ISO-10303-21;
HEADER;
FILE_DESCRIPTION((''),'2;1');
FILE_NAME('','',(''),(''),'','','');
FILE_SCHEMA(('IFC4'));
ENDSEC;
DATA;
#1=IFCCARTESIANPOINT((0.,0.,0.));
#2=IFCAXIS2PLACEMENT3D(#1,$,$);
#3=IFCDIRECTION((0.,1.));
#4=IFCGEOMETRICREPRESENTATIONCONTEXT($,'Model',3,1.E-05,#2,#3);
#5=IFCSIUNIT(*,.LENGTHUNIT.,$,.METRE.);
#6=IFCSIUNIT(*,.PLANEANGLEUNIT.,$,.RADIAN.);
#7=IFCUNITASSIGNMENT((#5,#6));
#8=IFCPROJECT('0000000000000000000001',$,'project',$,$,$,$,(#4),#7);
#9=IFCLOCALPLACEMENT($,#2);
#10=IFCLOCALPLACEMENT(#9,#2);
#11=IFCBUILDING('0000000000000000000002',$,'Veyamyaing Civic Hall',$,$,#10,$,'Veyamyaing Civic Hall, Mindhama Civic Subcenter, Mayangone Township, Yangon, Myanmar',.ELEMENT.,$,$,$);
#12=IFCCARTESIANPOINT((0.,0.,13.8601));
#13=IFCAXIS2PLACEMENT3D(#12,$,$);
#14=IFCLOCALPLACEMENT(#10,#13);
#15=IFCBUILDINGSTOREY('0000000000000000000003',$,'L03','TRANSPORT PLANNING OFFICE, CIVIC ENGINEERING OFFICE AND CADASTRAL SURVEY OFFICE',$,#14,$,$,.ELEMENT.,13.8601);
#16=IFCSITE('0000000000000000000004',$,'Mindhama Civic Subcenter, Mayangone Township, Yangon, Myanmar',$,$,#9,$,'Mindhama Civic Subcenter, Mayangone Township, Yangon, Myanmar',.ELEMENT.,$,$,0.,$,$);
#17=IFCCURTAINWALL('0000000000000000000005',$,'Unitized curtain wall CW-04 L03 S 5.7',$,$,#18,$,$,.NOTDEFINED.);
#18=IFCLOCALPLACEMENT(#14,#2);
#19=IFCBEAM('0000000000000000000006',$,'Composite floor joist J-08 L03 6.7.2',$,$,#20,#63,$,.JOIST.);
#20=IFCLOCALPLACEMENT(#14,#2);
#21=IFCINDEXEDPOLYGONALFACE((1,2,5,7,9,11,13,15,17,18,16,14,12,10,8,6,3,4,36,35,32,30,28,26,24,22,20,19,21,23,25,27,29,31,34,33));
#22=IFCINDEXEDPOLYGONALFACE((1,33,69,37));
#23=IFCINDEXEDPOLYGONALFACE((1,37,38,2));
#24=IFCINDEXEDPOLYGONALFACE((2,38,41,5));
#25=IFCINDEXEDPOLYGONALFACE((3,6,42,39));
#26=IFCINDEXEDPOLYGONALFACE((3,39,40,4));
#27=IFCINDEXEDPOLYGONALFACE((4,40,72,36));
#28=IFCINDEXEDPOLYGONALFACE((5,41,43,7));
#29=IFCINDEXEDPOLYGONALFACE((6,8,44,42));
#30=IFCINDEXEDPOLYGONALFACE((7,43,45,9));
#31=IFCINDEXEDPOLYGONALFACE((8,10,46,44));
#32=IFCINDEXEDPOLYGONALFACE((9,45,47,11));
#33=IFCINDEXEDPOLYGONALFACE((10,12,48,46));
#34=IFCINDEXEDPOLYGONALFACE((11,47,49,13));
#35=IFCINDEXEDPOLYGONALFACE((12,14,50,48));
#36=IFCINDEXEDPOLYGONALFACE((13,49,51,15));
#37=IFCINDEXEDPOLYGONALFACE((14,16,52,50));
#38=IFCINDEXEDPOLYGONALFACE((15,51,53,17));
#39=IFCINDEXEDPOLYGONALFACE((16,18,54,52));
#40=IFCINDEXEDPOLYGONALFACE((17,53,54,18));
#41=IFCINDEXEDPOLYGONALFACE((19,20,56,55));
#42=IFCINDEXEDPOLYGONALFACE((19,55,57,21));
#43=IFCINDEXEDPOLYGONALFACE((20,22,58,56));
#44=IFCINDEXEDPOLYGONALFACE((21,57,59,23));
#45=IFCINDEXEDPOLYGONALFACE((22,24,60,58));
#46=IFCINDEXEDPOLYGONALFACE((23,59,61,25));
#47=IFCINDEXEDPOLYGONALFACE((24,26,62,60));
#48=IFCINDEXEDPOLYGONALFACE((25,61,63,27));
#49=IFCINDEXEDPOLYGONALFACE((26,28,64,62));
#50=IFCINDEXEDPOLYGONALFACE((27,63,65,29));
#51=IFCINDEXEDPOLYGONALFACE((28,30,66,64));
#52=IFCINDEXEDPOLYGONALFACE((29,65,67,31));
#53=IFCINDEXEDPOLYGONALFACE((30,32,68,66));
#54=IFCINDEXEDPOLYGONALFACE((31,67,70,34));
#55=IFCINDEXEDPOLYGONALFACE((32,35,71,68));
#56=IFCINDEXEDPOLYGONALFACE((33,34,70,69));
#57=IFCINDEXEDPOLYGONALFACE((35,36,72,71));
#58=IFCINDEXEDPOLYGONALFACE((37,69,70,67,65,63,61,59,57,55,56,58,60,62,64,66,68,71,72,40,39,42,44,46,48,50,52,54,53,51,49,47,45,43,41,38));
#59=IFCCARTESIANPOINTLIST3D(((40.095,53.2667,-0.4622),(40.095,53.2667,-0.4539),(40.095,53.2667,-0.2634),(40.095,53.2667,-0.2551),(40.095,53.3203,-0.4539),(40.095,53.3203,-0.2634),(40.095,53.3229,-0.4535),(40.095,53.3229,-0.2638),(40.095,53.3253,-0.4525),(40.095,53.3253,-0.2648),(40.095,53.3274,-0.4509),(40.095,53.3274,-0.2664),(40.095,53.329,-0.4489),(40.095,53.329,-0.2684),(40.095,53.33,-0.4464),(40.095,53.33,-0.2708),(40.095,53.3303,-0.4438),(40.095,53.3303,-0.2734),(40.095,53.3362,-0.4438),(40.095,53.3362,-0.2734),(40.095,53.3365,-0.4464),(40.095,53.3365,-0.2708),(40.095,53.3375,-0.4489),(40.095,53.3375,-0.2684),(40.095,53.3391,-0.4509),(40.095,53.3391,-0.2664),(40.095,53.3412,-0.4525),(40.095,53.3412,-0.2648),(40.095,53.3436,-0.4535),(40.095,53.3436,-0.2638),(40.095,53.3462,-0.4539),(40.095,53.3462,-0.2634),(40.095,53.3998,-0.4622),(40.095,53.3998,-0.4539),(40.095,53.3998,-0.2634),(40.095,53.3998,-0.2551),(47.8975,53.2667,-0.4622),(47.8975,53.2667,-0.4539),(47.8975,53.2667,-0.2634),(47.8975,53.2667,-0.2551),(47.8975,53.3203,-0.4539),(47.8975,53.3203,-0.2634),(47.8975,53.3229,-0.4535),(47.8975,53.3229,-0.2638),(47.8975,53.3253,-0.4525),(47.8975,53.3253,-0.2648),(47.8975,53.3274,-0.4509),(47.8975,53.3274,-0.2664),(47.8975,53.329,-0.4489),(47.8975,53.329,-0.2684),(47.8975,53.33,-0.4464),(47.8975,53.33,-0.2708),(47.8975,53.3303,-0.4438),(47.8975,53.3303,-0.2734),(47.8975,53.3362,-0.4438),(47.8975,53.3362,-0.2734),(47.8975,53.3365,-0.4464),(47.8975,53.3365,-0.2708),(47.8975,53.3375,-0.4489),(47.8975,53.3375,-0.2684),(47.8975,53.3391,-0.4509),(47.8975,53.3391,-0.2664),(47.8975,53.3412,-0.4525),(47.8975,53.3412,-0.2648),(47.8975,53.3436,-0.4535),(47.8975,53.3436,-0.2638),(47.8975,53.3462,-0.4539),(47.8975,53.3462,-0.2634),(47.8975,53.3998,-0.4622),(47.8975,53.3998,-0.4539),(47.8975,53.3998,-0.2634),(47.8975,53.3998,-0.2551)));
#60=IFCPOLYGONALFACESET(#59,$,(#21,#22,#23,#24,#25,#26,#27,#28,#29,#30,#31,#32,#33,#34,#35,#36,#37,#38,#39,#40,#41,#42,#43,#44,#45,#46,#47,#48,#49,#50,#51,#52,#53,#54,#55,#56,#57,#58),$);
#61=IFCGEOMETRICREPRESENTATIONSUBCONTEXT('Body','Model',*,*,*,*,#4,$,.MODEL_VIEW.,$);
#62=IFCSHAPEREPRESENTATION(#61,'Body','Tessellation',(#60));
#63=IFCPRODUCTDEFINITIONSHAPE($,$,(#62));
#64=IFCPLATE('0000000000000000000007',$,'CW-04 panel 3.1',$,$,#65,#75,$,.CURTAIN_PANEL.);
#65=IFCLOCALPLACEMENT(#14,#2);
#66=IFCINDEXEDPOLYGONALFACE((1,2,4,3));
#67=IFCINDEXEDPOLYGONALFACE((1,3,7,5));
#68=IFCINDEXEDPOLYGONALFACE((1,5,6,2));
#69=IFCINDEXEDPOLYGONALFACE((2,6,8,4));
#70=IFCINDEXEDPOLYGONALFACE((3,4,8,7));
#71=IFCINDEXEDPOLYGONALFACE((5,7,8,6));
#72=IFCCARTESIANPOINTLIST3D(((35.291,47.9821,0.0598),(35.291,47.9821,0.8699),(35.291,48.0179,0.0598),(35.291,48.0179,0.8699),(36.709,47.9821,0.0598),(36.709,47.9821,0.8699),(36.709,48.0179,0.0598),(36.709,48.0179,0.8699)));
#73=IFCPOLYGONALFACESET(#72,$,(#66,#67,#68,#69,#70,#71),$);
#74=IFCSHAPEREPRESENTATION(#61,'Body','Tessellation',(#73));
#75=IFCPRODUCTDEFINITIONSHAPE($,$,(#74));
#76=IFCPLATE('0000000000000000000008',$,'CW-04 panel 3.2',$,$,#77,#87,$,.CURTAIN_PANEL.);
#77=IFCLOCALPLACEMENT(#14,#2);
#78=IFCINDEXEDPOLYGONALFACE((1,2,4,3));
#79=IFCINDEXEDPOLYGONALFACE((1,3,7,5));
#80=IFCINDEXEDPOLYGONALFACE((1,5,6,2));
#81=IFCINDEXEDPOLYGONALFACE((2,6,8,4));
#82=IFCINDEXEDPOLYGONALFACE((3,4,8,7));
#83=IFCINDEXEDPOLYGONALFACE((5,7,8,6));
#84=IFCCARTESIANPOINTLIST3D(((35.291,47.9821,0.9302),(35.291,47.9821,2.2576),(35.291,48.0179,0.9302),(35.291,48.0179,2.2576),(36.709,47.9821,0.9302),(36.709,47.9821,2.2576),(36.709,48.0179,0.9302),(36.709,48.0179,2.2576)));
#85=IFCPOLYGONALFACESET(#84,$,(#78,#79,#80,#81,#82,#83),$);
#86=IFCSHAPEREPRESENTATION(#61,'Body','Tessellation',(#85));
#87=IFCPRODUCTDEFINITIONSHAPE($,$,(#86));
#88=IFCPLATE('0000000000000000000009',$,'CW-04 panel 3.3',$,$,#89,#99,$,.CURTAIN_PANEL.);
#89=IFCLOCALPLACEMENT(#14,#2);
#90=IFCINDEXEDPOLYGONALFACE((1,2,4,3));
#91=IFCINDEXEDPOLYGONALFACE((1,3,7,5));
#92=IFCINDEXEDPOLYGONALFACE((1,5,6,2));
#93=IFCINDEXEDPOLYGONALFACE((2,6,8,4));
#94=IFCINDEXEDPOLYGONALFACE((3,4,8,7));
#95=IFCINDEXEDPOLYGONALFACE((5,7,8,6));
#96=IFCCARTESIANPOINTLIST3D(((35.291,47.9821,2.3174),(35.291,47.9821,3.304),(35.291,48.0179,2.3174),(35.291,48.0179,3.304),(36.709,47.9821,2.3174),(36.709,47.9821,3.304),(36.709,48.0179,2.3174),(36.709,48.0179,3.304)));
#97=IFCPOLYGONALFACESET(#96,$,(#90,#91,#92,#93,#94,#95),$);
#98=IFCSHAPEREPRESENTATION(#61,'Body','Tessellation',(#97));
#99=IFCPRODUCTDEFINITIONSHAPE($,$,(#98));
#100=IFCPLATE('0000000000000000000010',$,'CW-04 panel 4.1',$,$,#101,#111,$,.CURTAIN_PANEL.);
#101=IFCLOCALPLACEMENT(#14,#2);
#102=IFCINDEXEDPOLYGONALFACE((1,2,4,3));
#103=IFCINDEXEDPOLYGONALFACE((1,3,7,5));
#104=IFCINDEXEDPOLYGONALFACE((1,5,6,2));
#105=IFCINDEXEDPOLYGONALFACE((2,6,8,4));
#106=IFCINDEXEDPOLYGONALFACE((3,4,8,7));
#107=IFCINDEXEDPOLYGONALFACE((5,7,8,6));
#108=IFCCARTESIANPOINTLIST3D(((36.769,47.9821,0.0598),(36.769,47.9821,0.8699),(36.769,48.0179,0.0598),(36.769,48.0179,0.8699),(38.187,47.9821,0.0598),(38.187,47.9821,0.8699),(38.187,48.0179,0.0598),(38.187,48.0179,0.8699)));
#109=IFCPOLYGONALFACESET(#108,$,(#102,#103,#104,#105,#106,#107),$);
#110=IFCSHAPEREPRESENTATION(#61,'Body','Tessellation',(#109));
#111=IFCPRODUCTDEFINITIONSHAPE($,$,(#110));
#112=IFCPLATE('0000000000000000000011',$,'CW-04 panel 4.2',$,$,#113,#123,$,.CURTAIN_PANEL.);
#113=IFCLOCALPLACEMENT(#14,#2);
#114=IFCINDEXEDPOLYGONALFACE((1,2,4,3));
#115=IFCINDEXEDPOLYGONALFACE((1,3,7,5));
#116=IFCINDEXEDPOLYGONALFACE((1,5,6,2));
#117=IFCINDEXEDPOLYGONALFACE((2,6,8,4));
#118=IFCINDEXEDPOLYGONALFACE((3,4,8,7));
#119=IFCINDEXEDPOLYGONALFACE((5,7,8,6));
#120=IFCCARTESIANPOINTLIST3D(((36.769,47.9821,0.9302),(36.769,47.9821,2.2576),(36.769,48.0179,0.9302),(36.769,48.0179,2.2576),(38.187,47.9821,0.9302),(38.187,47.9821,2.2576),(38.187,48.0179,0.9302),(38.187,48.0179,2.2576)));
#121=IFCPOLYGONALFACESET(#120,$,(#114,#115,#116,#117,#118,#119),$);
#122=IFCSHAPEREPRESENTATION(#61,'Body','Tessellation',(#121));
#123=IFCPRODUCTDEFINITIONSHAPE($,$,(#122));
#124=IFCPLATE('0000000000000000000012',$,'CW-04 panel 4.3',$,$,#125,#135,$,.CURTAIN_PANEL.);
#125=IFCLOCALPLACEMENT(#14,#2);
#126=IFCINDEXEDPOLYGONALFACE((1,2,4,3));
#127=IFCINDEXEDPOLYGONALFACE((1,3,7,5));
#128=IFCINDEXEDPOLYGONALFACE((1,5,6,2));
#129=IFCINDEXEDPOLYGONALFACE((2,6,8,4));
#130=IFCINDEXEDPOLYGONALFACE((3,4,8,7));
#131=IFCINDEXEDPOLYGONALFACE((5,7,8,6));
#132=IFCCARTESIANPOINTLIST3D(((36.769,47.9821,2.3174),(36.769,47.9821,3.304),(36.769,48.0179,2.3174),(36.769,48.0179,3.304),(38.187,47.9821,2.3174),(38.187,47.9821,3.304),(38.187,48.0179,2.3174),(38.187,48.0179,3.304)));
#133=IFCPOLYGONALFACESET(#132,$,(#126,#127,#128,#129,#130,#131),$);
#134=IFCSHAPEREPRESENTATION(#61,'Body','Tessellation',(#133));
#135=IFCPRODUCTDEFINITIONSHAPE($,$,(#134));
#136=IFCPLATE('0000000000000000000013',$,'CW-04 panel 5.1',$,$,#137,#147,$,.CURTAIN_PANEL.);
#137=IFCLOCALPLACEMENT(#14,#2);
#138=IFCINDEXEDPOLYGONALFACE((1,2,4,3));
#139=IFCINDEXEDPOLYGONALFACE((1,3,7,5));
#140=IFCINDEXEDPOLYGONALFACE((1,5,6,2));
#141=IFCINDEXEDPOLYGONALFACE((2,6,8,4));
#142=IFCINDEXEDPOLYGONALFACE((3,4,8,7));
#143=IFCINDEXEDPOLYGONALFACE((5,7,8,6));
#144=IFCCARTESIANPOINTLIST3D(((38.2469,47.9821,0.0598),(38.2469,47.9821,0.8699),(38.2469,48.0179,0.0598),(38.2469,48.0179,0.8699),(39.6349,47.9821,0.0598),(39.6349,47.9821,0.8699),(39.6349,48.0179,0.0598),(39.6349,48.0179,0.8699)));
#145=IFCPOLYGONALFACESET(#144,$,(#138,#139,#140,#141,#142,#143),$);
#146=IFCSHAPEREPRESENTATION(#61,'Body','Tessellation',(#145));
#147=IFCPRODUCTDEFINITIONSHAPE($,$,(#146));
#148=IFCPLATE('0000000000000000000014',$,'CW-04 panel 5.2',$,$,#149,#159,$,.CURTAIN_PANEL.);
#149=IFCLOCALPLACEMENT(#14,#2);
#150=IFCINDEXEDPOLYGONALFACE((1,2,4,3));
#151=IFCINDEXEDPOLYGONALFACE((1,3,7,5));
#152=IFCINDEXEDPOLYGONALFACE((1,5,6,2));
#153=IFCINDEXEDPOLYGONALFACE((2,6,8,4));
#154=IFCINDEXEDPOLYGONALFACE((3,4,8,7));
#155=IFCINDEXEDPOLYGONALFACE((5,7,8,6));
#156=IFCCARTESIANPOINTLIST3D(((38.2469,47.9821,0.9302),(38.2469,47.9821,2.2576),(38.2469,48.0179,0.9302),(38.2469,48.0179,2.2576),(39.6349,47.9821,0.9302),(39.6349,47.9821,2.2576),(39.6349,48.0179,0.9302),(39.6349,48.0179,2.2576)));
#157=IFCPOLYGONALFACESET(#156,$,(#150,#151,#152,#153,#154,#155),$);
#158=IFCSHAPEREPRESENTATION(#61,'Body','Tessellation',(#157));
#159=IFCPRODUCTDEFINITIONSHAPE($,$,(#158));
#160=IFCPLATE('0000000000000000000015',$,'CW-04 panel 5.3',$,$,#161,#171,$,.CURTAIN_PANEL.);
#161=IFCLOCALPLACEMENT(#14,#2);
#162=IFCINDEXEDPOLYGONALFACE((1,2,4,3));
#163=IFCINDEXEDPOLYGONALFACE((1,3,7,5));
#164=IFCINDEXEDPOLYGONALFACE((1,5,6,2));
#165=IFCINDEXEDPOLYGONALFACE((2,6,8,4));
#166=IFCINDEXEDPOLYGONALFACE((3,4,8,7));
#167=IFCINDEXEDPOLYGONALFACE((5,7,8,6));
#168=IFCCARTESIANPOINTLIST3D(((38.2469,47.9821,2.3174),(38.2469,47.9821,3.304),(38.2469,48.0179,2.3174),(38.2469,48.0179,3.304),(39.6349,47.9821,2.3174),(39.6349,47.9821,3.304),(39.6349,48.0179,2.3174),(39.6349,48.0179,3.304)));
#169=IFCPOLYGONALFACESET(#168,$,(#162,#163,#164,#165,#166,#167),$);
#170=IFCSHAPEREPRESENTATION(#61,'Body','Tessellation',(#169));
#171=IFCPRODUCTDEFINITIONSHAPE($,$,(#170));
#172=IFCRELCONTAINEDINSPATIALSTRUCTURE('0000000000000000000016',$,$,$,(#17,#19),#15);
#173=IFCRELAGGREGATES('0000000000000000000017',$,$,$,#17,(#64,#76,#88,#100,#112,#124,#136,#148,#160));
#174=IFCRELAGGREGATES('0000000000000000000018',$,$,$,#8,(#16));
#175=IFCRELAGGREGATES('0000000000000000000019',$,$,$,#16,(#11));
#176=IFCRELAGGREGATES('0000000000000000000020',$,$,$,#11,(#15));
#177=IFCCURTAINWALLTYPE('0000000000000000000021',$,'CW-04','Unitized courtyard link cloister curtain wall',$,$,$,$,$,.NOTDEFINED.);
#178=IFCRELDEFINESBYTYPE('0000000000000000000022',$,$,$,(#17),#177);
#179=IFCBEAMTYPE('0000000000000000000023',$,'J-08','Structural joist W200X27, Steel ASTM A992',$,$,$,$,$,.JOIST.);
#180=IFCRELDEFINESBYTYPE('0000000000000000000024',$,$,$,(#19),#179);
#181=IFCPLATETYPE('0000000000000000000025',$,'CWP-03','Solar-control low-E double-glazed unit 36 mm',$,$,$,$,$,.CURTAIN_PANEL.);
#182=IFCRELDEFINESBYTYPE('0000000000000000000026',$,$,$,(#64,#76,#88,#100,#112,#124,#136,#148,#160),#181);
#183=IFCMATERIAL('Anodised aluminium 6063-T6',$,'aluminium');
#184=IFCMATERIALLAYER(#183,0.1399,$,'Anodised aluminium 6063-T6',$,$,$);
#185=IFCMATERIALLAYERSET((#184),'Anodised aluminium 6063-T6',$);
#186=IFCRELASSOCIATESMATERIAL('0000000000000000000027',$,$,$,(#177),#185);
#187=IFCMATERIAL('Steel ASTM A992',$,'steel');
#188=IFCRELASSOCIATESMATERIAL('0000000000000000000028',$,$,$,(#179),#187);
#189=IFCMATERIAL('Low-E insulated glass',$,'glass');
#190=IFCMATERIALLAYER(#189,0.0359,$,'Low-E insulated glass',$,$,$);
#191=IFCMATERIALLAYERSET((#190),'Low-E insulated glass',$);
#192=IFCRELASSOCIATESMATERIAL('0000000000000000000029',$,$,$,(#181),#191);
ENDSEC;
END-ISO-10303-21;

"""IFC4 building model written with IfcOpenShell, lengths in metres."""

from ifc_helpers import new_model, si_unit, direction, frame, origin, origin_2d, place, context, subcontext, project, spatial, rectangle, i_section, extrude, material, layer, layer_set, material_profile, profile_set, type_object, element, aggregate, save


model = new_model("IFC4")

# Units and contexts
model_context = context("Model", 3, precision=1e-05, world=origin(), true_north=direction((0.0, 1.0)))
body_context = subcontext(model_context, "Body", "Model", "MODEL_VIEW")
ifc_project = project(units=[si_unit("LENGTHUNIT", "METRE"), si_unit("PLANEANGLEUNIT", "RADIAN")], contexts=[model_context])

# Site, building, storey
site_placement = place(None, origin())
site = spatial("IfcSite", under=ifc_project, at=site_placement, Name="Mindhama Civic Subcenter, Mayangone Township, Yangon, Myanmar", LongName="Mindhama Civic Subcenter, Mayangone Township, Yangon, Myanmar", CompositionType="ELEMENT", RefElevation=0.0)
building_placement = place(site_placement, origin())
building = spatial("IfcBuilding", under=site, at=building_placement, Name="Veyamyaing Civic Hall", LongName="Veyamyaing Civic Hall, Mindhama Civic Subcenter, Mayangone Township, Yangon, Myanmar", CompositionType="ELEMENT")
storey_placement = place(building_placement, frame((0.0, 0.0, 13.8601)))
storey = spatial("IfcBuildingStorey", under=building, at=storey_placement, Name="L03", Description="TRANSPORT PLANNING OFFICE, CIVIC ENGINEERING OFFICE AND CADASTRAL SURVEY OFFICE", CompositionType="ELEMENT", Elevation=13.8601)

# Shared definitions
ifc_material_1 = material(Name="Steel ASTM A992", Category="steel")

# Curtain wall
ifc_material_2 = material(Name="Anodised aluminium 6063-T6", Category="aluminium")
ifc_layer_1 = layer(ifc_material_2, 0.1399, Name="Anodised aluminium 6063-T6")
ifc_layer_set_1 = layer_set([ifc_layer_1], Name="Anodised aluminium 6063-T6")
curtain_wall_type = type_object("IfcCurtainWallType", Name="CW-04", Description="Unitized courtyard link cloister curtain wall", PredefinedType="NOTDEFINED", material=ifc_layer_set_1)
curtain_wall_1_placement = place(storey_placement, origin())
curtain_wall_1 = element("IfcCurtainWall", 1, at=curtain_wall_1_placement, inside=storey, type_object=curtain_wall_type, Name="Unitized curtain wall CW-04 L03 S 5.7", PredefinedType="NOTDEFINED")

# Beam
ifc_material_profile_1 = material_profile(ifc_material_1, i_section(OverallWidth=0.1331, OverallDepth=0.207, WebThickness=0.0059, FlangeThickness=0.0083, FilletRadius=0.01, at=origin_2d()), Name="W200X27")
ifc_profile_set_1 = profile_set([ifc_material_profile_1], Name="Steel ASTM A992")
beam_type_1 = type_object("IfcBeamType", Name="J-08", Description="Structural joist W200X27, Steel ASTM A992", PredefinedType="JOIST", material=ifc_profile_set_1)
for number, where, z_axis, x_axis, name in (
    (2, (40.095, 53.3333, -0.3586), (1.0, 0.0, 0.0), (0.0, 1.0, 0.0), "Composite floor joist J-08 L03 6.7.2"),
):
    element("IfcBeam", number, at=place(storey_placement, frame(where, z_axis=z_axis, x_axis=x_axis)), inside=storey, type_object=beam_type_1, Name=name, PredefinedType="JOIST", context=body_context, shape_type="SweptSolid", body=[
        extrude(i_section(OverallWidth=0.1331, OverallDepth=0.207, WebThickness=0.0059, FlangeThickness=0.0083, FilletRadius=0.01, at=origin_2d()), origin(), (0.0, 0.0, 1.0), 7.8025),
    ])

# Plates
ifc_material_3 = material(Name="Low-E insulated glass", Category="glass")
ifc_layer_2 = layer(ifc_material_3, 0.0359, Name="Low-E insulated glass")
ifc_layer_set_2 = layer_set([ifc_layer_2], Name="Low-E insulated glass")
plate_type = type_object("IfcPlateType", Name="CWP-03", Description="Solar-control low-E double-glazed unit 36 mm", PredefinedType="CURTAIN_PANEL", material=ifc_layer_set_2)
plate_1_placement = place(storey_placement, frame((36.0, 48.0, 0.0598), z_axis=(0.0, 0.0, 1.0), x_axis=(1.0, 0.0, 0.0)))
plate_1 = element("IfcPlate", 3, at=plate_1_placement, type_object=plate_type, Name="CW-04 panel 3.1", PredefinedType="CURTAIN_PANEL", context=body_context, shape_type="SweptSolid", body=[
    extrude(rectangle(XDim=1.418, YDim=0.0359, at=origin_2d()), origin(), (0.0, 0.0, 1.0), 0.8101),
])
plate_2_placement = place(storey_placement, frame((36.0, 48.0, 0.9302), z_axis=(0.0, 0.0, 1.0), x_axis=(1.0, 0.0, 0.0)))
plate_2 = element("IfcPlate", 4, at=plate_2_placement, type_object=plate_type, Name="CW-04 panel 3.2", PredefinedType="CURTAIN_PANEL", context=body_context, shape_type="SweptSolid", body=[
    extrude(rectangle(XDim=1.418, YDim=0.0359, at=origin_2d()), origin(), (0.0, 0.0, 1.0), 1.3274),
])
plate_3_placement = place(storey_placement, frame((36.0, 48.0, 2.3174), z_axis=(0.0, 0.0, 1.0), x_axis=(1.0, 0.0, 0.0)))
plate_3 = element("IfcPlate", 5, at=plate_3_placement, type_object=plate_type, Name="CW-04 panel 3.3", PredefinedType="CURTAIN_PANEL", context=body_context, shape_type="SweptSolid", body=[
    extrude(rectangle(XDim=1.418, YDim=0.0359, at=origin_2d()), origin(), (0.0, 0.0, 1.0), 0.9866),
])
plate_4_placement = place(storey_placement, frame((37.478, 48.0, 0.0598), z_axis=(0.0, 0.0, 1.0), x_axis=(1.0, 0.0, 0.0)))
plate_4 = element("IfcPlate", 6, at=plate_4_placement, type_object=plate_type, Name="CW-04 panel 4.1", PredefinedType="CURTAIN_PANEL", context=body_context, shape_type="SweptSolid", body=[
    extrude(rectangle(XDim=1.418, YDim=0.0359, at=origin_2d()), origin(), (0.0, 0.0, 1.0), 0.8101),
])
plate_5_placement = place(storey_placement, frame((37.478, 48.0, 0.9302), z_axis=(0.0, 0.0, 1.0), x_axis=(1.0, 0.0, 0.0)))
plate_5 = element("IfcPlate", 7, at=plate_5_placement, type_object=plate_type, Name="CW-04 panel 4.2", PredefinedType="CURTAIN_PANEL", context=body_context, shape_type="SweptSolid", body=[
    extrude(rectangle(XDim=1.418, YDim=0.0359, at=origin_2d()), origin(), (0.0, 0.0, 1.0), 1.3274),
])
plate_6_placement = place(storey_placement, frame((37.478, 48.0, 2.3174), z_axis=(0.0, 0.0, 1.0), x_axis=(1.0, 0.0, 0.0)))
plate_6 = element("IfcPlate", 8, at=plate_6_placement, type_object=plate_type, Name="CW-04 panel 4.3", PredefinedType="CURTAIN_PANEL", context=body_context, shape_type="SweptSolid", body=[
    extrude(rectangle(XDim=1.418, YDim=0.0359, at=origin_2d()), origin(), (0.0, 0.0, 1.0), 0.9866),
])
plate_7_placement = place(storey_placement, frame((38.9409, 48.0, 0.0598), z_axis=(0.0, 0.0, 1.0), x_axis=(1.0, 0.0, 0.0)))
plate_7 = element("IfcPlate", 9, at=plate_7_placement, type_object=plate_type, Name="CW-04 panel 5.1", PredefinedType="CURTAIN_PANEL", context=body_context, shape_type="SweptSolid", body=[
    extrude(rectangle(XDim=1.3879, YDim=0.0359, at=origin_2d()), origin(), (0.0, 0.0, 1.0), 0.8101),
])
plate_8_placement = place(storey_placement, frame((38.9409, 48.0, 0.9302), z_axis=(0.0, 0.0, 1.0), x_axis=(1.0, 0.0, 0.0)))
plate_8 = element("IfcPlate", 10, at=plate_8_placement, type_object=plate_type, Name="CW-04 panel 5.2", PredefinedType="CURTAIN_PANEL", context=body_context, shape_type="SweptSolid", body=[
    extrude(rectangle(XDim=1.3879, YDim=0.0359, at=origin_2d()), origin(), (0.0, 0.0, 1.0), 1.3274),
])
plate_9_placement = place(storey_placement, frame((38.9409, 48.0, 2.3174), z_axis=(0.0, 0.0, 1.0), x_axis=(1.0, 0.0, 0.0)))
plate_9 = element("IfcPlate", 11, at=plate_9_placement, type_object=plate_type, Name="CW-04 panel 5.3", PredefinedType="CURTAIN_PANEL", context=body_context, shape_type="SweptSolid", body=[
    extrude(rectangle(XDim=1.3879, YDim=0.0359, at=origin_2d()), origin(), (0.0, 0.0, 1.0), 0.9866),
])
aggregate(curtain_wall_1, [plate_1, plate_2, plate_3, plate_4, plate_5, plate_6, plate_7, plate_8, plate_9])

save(model, "model.ifc")
